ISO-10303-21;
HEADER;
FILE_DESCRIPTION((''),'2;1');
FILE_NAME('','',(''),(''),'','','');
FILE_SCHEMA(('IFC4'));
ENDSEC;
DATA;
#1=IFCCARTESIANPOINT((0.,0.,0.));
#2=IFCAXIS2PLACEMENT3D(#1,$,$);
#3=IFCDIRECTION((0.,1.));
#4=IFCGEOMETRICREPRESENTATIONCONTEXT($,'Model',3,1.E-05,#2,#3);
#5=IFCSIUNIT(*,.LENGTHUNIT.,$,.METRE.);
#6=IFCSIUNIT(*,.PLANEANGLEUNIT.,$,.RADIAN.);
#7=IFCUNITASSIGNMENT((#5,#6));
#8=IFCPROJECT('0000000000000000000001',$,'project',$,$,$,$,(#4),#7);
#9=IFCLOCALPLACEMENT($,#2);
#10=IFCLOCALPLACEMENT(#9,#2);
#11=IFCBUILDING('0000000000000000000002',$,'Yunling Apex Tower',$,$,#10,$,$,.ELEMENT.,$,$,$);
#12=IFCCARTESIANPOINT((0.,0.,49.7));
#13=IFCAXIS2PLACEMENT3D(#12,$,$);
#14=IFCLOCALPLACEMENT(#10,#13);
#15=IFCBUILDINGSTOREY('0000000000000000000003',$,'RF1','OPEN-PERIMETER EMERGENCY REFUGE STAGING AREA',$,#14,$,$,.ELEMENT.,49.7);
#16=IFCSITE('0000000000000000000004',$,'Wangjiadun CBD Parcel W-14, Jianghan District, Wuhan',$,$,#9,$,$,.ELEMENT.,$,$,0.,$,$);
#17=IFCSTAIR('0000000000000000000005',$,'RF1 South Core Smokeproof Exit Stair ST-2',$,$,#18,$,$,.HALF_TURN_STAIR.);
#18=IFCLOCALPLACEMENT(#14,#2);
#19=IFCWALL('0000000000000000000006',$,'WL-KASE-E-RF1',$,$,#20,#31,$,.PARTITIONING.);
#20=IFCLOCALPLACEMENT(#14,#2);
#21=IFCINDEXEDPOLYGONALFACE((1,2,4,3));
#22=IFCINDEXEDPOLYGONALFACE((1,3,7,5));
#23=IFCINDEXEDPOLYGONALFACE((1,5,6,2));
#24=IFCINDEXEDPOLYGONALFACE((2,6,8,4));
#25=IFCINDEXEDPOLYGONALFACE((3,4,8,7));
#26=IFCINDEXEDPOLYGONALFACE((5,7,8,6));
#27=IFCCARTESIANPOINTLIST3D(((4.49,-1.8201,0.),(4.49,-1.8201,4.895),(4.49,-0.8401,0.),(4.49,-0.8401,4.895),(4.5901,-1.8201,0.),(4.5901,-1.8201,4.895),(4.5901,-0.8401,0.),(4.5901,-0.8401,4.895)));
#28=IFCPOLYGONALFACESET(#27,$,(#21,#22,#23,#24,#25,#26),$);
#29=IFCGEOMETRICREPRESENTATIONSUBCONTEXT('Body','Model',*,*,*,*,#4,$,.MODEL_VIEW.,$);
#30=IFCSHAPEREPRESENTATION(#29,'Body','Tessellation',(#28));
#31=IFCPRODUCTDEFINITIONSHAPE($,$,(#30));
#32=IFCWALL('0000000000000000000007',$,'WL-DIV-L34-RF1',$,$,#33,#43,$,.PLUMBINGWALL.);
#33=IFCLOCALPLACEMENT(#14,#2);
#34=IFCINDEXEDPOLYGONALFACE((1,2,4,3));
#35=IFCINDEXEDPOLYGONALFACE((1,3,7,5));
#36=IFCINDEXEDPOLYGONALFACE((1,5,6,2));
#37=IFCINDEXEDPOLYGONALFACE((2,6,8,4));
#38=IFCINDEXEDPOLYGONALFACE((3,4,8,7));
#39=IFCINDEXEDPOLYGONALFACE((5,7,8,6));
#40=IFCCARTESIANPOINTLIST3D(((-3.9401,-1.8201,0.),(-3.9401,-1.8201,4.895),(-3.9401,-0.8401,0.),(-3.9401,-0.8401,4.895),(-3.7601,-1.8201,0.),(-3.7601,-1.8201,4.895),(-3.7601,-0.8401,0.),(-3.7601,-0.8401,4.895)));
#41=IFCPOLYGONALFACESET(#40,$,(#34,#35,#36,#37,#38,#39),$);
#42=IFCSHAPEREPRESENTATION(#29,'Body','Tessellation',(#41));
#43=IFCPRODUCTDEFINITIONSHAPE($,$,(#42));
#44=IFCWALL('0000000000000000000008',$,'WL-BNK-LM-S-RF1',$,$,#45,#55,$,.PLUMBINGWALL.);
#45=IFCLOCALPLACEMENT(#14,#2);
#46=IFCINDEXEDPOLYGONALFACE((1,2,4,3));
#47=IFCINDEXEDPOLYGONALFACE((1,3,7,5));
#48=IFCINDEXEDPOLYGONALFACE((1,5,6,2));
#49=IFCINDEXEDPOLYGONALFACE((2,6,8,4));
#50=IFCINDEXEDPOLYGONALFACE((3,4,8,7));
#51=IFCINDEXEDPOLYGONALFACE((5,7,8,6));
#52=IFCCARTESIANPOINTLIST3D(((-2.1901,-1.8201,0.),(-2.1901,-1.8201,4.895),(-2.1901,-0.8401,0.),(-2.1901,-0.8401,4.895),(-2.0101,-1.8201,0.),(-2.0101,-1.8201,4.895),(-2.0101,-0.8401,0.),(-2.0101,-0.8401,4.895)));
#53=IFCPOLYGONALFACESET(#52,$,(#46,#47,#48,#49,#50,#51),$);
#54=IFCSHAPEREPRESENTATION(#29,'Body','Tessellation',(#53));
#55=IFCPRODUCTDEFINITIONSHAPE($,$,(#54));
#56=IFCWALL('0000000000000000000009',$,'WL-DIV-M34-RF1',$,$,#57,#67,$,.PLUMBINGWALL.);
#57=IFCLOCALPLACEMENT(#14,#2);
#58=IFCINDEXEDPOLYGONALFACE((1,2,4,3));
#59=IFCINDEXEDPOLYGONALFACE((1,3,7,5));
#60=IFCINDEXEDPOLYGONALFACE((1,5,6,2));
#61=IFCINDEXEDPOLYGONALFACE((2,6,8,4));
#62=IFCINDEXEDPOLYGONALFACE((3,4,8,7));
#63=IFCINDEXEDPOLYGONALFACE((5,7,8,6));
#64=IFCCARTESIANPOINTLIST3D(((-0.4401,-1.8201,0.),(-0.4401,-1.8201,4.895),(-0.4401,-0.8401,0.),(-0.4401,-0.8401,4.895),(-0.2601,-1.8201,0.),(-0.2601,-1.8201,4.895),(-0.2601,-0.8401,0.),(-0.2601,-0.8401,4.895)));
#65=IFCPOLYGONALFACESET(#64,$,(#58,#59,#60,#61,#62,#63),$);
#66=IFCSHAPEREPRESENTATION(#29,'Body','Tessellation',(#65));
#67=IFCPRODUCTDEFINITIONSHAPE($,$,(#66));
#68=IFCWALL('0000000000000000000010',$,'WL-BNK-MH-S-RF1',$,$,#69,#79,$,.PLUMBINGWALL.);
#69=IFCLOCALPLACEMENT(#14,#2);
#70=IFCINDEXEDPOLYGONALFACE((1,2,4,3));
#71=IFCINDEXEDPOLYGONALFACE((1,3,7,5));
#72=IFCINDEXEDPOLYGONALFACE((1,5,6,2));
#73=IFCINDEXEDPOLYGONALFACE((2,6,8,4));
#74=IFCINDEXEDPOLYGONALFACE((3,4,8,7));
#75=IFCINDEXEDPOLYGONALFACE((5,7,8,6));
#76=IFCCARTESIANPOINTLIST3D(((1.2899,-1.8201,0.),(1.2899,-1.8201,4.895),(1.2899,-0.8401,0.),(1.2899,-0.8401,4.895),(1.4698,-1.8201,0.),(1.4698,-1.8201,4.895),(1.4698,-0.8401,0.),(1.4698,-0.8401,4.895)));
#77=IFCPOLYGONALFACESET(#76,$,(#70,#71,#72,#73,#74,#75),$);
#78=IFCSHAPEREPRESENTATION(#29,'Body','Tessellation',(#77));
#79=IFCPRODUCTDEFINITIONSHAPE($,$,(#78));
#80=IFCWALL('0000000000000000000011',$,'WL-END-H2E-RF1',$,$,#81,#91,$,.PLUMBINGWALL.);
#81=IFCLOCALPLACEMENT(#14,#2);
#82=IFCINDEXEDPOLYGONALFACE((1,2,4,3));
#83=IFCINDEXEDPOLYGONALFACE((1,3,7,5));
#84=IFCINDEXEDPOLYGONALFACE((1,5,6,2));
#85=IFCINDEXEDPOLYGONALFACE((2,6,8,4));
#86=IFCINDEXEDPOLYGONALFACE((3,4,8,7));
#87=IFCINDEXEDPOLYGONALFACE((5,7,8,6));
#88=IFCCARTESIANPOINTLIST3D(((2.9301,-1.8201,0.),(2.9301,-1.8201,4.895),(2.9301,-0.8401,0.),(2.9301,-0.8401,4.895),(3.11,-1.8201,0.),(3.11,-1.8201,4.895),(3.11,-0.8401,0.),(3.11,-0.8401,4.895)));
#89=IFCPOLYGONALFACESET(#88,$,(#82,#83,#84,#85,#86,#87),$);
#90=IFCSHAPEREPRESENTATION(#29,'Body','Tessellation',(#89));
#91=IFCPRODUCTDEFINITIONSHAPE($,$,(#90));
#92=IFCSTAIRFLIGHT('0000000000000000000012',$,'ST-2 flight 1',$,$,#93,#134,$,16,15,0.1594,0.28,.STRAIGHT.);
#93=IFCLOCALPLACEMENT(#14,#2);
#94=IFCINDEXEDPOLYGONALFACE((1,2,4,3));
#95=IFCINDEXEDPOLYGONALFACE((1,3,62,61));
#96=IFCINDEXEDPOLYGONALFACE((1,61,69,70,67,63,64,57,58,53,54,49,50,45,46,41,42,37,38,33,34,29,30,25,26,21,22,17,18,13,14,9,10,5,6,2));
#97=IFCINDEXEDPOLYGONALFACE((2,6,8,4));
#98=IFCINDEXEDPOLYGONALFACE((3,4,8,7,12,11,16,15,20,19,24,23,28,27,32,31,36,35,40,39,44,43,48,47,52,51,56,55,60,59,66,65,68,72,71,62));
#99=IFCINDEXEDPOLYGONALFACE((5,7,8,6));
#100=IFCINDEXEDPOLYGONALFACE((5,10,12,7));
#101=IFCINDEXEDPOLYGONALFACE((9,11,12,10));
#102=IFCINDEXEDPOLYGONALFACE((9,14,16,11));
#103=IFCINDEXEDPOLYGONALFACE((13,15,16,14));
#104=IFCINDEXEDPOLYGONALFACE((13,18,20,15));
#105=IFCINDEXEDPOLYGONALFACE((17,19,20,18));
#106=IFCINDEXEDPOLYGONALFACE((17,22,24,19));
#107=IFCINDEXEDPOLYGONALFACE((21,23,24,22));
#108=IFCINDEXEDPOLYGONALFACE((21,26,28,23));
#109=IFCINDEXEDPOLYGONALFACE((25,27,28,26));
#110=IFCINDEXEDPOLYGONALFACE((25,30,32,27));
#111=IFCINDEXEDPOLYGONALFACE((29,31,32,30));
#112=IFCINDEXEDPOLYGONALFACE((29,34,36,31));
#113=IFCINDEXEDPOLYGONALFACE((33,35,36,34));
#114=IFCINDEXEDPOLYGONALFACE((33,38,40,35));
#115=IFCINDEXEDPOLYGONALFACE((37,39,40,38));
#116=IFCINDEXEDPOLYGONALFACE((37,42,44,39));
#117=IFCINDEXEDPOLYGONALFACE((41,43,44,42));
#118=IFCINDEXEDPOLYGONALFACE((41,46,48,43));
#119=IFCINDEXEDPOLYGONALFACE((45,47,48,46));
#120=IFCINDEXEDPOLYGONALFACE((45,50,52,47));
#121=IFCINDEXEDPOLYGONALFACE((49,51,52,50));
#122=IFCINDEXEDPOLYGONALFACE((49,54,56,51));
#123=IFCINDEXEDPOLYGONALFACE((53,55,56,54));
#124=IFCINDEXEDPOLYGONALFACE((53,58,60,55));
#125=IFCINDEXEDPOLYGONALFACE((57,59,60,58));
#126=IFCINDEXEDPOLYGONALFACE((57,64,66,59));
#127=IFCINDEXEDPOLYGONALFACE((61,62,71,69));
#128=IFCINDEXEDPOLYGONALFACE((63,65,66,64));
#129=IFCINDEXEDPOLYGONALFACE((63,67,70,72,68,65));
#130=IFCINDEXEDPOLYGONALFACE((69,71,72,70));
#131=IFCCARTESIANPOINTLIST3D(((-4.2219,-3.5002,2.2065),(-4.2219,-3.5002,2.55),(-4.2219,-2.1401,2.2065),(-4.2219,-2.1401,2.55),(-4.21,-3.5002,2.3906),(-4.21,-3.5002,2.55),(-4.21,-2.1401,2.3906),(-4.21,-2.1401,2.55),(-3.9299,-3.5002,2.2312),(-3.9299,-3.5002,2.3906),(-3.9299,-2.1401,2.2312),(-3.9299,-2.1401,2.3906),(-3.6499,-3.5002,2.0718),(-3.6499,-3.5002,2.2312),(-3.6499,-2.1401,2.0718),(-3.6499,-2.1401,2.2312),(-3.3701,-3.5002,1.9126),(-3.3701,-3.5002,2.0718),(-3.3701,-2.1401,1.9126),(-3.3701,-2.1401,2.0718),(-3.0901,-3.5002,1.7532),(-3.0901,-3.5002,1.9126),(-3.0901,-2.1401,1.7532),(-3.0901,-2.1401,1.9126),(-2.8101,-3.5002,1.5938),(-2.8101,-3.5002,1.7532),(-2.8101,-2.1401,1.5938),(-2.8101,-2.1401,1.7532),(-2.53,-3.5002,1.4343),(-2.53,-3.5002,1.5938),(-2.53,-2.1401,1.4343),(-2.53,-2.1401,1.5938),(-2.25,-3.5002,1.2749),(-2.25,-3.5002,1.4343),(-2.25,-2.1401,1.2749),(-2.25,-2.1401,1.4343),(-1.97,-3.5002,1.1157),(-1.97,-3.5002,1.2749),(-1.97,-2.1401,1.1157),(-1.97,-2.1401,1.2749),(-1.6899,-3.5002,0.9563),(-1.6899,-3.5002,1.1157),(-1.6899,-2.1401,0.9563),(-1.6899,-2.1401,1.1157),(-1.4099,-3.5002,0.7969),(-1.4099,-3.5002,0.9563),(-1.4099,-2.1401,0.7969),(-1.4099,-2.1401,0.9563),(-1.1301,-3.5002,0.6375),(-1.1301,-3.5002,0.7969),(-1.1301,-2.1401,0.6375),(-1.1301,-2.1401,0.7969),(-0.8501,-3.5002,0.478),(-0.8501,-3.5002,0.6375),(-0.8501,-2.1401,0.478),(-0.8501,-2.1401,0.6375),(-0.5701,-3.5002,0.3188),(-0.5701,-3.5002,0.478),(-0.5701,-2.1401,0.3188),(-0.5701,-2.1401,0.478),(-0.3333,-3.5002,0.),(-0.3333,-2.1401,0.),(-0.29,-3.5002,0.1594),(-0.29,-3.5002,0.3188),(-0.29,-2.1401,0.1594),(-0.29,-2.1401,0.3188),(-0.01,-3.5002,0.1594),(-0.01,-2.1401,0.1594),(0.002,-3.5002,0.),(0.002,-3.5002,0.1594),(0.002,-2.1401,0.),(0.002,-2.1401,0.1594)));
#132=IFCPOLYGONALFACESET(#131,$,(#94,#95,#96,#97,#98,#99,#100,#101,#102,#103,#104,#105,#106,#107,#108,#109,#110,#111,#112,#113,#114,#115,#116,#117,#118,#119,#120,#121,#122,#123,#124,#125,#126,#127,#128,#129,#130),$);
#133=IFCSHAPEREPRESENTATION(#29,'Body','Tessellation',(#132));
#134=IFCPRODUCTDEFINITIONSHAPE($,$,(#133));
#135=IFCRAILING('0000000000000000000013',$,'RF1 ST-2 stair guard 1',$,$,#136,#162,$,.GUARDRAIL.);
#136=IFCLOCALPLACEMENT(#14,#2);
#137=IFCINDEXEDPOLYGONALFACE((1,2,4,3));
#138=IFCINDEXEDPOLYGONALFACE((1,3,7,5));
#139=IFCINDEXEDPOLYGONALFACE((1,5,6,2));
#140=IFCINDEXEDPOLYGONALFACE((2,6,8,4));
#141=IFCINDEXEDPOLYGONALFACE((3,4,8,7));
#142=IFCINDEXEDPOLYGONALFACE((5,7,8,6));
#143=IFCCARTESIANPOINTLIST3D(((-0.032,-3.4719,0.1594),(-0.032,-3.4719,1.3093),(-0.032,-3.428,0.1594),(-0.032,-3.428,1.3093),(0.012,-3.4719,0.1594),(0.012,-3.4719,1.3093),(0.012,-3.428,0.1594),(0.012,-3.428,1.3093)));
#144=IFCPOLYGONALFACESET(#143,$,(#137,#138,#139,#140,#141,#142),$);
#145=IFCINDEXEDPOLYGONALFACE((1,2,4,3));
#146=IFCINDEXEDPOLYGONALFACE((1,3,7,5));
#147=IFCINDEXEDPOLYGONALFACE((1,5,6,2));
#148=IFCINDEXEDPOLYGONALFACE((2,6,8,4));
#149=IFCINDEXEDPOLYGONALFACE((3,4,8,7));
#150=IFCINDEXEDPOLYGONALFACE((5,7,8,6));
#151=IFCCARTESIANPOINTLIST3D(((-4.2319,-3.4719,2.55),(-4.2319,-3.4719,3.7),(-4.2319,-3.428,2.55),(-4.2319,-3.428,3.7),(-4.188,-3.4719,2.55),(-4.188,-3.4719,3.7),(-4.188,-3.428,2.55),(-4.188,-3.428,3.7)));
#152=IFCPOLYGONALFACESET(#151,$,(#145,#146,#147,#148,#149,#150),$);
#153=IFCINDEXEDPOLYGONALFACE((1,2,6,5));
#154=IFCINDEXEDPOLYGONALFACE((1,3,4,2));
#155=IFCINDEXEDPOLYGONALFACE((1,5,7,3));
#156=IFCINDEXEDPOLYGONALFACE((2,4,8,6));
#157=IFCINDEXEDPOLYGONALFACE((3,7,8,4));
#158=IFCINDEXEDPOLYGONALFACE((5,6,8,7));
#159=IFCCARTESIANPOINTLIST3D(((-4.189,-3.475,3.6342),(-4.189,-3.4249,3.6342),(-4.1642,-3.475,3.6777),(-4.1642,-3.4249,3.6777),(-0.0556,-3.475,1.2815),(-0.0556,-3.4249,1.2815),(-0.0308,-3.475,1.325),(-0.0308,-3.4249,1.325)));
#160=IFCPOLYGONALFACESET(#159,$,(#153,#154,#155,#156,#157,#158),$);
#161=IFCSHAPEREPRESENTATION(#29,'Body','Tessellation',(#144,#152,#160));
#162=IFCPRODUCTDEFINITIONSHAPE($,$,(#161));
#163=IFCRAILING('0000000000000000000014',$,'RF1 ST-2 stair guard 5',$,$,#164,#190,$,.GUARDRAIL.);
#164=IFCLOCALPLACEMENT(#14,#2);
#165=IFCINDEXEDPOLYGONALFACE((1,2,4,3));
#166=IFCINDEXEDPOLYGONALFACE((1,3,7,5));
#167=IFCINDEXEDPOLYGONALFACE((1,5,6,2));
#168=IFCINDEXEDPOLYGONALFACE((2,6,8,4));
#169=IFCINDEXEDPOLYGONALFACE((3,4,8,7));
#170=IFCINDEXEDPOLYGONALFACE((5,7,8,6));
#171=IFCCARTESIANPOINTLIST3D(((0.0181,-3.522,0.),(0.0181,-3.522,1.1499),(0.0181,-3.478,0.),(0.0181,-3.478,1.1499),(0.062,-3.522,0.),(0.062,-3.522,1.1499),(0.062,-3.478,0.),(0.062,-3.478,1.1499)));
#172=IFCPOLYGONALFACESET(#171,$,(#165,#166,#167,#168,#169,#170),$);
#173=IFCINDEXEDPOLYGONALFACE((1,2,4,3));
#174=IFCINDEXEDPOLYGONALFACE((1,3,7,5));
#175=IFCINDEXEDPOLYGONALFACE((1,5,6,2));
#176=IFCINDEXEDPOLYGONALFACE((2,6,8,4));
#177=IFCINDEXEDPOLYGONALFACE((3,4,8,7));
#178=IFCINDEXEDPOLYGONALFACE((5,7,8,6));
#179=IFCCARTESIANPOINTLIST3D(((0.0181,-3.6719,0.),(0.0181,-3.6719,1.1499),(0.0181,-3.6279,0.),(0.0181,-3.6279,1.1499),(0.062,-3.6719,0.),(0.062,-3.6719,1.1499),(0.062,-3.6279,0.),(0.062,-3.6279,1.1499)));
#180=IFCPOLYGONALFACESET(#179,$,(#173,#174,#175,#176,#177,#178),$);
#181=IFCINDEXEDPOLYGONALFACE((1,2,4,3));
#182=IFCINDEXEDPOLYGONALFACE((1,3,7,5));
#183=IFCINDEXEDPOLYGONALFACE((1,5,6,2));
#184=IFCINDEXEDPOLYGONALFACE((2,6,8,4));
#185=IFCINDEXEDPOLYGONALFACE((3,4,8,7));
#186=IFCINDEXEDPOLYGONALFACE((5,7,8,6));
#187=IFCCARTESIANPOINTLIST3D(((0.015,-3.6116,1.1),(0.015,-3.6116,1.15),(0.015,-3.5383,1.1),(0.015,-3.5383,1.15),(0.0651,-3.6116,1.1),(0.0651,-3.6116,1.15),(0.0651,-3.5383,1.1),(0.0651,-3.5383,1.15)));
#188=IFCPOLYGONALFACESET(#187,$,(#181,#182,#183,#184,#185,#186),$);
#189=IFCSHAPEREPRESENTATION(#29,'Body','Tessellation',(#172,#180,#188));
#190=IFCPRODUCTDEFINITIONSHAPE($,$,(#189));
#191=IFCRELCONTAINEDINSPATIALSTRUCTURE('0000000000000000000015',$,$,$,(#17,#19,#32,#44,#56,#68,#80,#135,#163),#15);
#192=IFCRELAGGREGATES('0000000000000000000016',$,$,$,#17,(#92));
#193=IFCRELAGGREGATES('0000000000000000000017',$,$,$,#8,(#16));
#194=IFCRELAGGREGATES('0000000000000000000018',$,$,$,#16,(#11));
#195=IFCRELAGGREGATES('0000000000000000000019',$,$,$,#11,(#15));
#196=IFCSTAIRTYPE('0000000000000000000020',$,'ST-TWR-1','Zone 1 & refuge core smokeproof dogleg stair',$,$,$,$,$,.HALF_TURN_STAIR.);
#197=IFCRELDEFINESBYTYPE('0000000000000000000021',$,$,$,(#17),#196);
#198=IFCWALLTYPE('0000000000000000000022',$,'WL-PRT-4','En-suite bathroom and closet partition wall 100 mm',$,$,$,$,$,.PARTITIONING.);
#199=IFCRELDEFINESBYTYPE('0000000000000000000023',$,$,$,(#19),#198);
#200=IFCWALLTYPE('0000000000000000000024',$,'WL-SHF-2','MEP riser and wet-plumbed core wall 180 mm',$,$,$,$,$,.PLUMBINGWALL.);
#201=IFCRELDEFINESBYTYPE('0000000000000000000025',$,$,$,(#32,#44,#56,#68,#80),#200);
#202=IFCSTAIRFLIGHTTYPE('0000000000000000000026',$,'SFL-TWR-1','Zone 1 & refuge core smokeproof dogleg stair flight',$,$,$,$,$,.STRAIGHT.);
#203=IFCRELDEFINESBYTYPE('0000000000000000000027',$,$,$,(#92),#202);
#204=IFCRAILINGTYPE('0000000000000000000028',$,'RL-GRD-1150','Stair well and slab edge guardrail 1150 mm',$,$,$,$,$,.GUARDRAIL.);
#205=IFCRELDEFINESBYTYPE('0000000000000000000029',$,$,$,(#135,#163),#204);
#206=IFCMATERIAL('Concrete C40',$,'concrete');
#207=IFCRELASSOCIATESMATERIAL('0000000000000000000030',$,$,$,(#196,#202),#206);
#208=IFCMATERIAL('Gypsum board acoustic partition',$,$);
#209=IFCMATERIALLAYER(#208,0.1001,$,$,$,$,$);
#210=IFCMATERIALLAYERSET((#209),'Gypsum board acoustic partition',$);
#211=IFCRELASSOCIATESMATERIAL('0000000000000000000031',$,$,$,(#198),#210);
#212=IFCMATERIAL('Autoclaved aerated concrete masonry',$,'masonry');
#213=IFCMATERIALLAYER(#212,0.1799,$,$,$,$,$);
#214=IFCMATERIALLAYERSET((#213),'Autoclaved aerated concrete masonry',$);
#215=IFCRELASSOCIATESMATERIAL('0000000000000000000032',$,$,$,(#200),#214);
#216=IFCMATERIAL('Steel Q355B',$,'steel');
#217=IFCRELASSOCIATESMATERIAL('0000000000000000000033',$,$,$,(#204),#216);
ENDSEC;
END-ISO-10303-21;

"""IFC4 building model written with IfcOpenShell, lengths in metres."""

from ifc_helpers import new_model, si_unit, direction, frame, frame_2d, origin, origin_2d, place, context, subcontext, project, spatial, polyline, rectangle, outline, extrude, material, layer, layer_set, type_object, element, aggregate, save


model = new_model("IFC4")

# Units and contexts
model_context = context("Model", 3, precision=1e-05, world=origin(), true_north=direction((0.0, 1.0)))
body_context = subcontext(model_context, "Body", "Model", "MODEL_VIEW")
ifc_project = project(units=[si_unit("LENGTHUNIT", "METRE"), si_unit("PLANEANGLEUNIT", "RADIAN")], contexts=[model_context])

# Site, building, storey
site_placement = place(None, origin())
site = spatial("IfcSite", under=ifc_project, at=site_placement, Name="Wangjiadun CBD Parcel W-14, Jianghan District, Wuhan", CompositionType="ELEMENT", RefElevation=0.0)
building_placement = place(site_placement, origin())
building = spatial("IfcBuilding", under=site, at=building_placement, Name="Yunling Apex Tower", CompositionType="ELEMENT")
storey_placement = place(building_placement, frame((0.0, 0.0, 49.7)))
storey = spatial("IfcBuildingStorey", under=building, at=storey_placement, Name="RF1", Description="OPEN-PERIMETER EMERGENCY REFUGE STAGING AREA", CompositionType="ELEMENT", Elevation=49.7)

# Stair
ifc_material_1 = material(Name="Concrete C40", Category="concrete")
stair_type = type_object("IfcStairType", Name="ST-TWR-1", Description="Zone 1 & refuge core smokeproof dogleg stair", PredefinedType="HALF_TURN_STAIR", material=ifc_material_1)
stair_1_placement = place(storey_placement, origin())
stair_1 = element("IfcStair", 1, at=stair_1_placement, inside=storey, type_object=stair_type, Name="RF1 South Core Smokeproof Exit Stair ST-2", PredefinedType="HALF_TURN_STAIR")

# Wall
ifc_material_2 = material(Name="Gypsum board acoustic partition")
ifc_layer_1 = layer(ifc_material_2, 0.1001)
ifc_layer_set_1 = layer_set([ifc_layer_1], Name="Gypsum board acoustic partition")
wall_type_1 = type_object("IfcWallType", Name="WL-PRT-4", Description="En-suite bathroom and closet partition wall 100 mm", PredefinedType="PARTITIONING", material=ifc_layer_set_1)
wall_1_placement = place(storey_placement, frame((4.54, -1.8201, 0.0), z_axis=(0.0, 0.0, 1.0), x_axis=(0.0, 1.0, 0.0)))
element("IfcWall", 2, at=wall_1_placement, inside=storey, type_object=wall_type_1, Name="WL-KASE-E-RF1", PredefinedType="PARTITIONING", context=body_context, shape_type="SweptSolid", body=[
    extrude(rectangle(XDim=0.98, YDim=0.1001, at=frame_2d((0.49, 0.0))), origin(), (0.0, 0.0, 1.0), 4.895),
])

# Shared definitions
ifc_material_3 = material(Name="Autoclaved aerated concrete masonry", Category="masonry")
ifc_material_4 = material(Name="Steel Q355B", Category="steel")

# Walls
ifc_layer_2 = layer(ifc_material_3, 0.1799)
ifc_layer_set_2 = layer_set([ifc_layer_2], Name="Autoclaved aerated concrete masonry")
wall_type_2 = type_object("IfcWallType", Name="WL-SHF-2", Description="MEP riser and wet-plumbed core wall 180 mm", PredefinedType="PLUMBINGWALL", material=ifc_layer_set_2)
for number, where, z_axis, x_axis, name in (
    (3, (-3.8501, -1.8201, 0.0), (0.0, 0.0, 1.0), (0.0, 1.0, 0.0), "WL-DIV-L34-RF1"),
    (4, (-2.1001, -1.8201, 0.0), (0.0, 0.0, 1.0), (0.0, 1.0, 0.0), "WL-BNK-LM-S-RF1"),
    (5, (-0.3501, -1.8201, 0.0), (0.0, 0.0, 1.0), (0.0, 1.0, 0.0), "WL-DIV-M34-RF1"),
    (6, (1.3799, -1.8201, 0.0), (0.0, 0.0, 1.0), (0.0, 1.0, 0.0), "WL-BNK-MH-S-RF1"),
    (7, (3.02, -1.8201, 0.0), (0.0, 0.0, 1.0), (0.0, 1.0, 0.0), "WL-END-H2E-RF1"),
):
    element("IfcWall", number, at=place(storey_placement, frame(where, z_axis=z_axis, x_axis=x_axis)), inside=storey, type_object=wall_type_2, Name=name, PredefinedType="PLUMBINGWALL", context=body_context, shape_type="SweptSolid", body=[
        extrude(rectangle(XDim=0.98, YDim=0.1799, at=frame_2d((0.49, 0.0))), origin(), (0.0, 0.0, 1.0), 4.895),
    ])

# Stair flight
stair_flight_type = type_object("IfcStairFlightType", Name="SFL-TWR-1", Description="Zone 1 & refuge core smokeproof dogleg stair flight", PredefinedType="STRAIGHT", material=ifc_material_1)
stair_flight_placement = place(storey_placement, frame((-0.01, -2.8201, 0.0), z_axis=(0.0, 0.0, 1.0), x_axis=(-1.0, 0.0, 0.0)))
stair_flight = element("IfcStairFlight", 8, at=stair_flight_placement, type_object=stair_flight_type, Name="ST-2 flight 1", NumberOfRisers=16, NumberOfTreads=15, PredefinedType="STRAIGHT", RiserHeight=0.1594, TreadLength=0.28, context=body_context, shape_type="SweptSolid", body=[
    extrude(outline(polyline([(-0.012, 0.0), (-0.012, 0.1594), (0.0, 0.1594), (0.28, 0.1594), (0.28, 0.3188), (0.5601, 0.3188), (0.5601, 0.478), (0.8401, 0.478), (0.8401, 0.6375), (1.1201, 0.6375), (1.1201, 0.7969), (1.3999, 0.7969), (1.3999, 0.9563), (1.6799, 0.9563), (1.6799, 1.1157), (1.96, 1.1157), (1.96, 1.2749), (2.24, 1.2749), (2.24, 1.4343), (2.52, 1.4343), (2.52, 1.5938), (2.8, 1.5938), (2.8, 1.7532), (3.0801, 1.7532), (3.0801, 1.9126), (3.3601, 1.9126), (3.3601, 2.0718), (3.6399, 2.0718), (3.6399, 2.2312), (3.9199, 2.2312), (3.9199, 2.3906), (4.2, 2.3906), (4.2, 2.55), (4.2119, 2.55), (4.2119, 2.2065), (0.3232, 0.0), (-0.012, 0.0)])), frame((0.0, 0.6802, 0.0), z_axis=(0.0, -1.0, 0.0), x_axis=(1.0, 0.0, 0.0)), (0.0, 0.0, 1.0), 1.3601),
])
aggregate(stair_1, [stair_flight])

# Railings
railing_type_1 = type_object("IfcRailingType", Name="RL-GRD-1150", Description="Stair well and slab edge guardrail 1150 mm", PredefinedType="GUARDRAIL", material=ifc_material_4)
railing_1_placement = place(storey_placement, frame((-0.01, -3.45, 0.1594)))
element("IfcRailing", 9, at=railing_1_placement, inside=storey, type_object=railing_type_1, Name="RF1 ST-2 stair guard 1", PredefinedType="GUARDRAIL", context=body_context, shape_type="SweptSolid", body=[
    extrude(rectangle(XDim=0.0439, YDim=0.0439, at=origin_2d()), origin(), (0.0, 0.0, 1.0), 1.1499),
    extrude(rectangle(XDim=0.0439, YDim=0.0439, at=origin_2d()), frame((-4.2, 0.0, 2.3906)), (0.0, 0.0, 1.0), 1.1499),
    extrude(rectangle(XDim=0.05, YDim=0.05, at=origin_2d()), frame((-0.0332, 0.0, 1.1438), z_axis=(-0.869075, 0.0, 0.49468), x_axis=(0.0, -1.0, 0.0)), (0.0, 0.0, 1.0), 4.7561),
])
railing_2_placement = place(storey_placement, frame((0.04, -3.5, 0.0)))
element("IfcRailing", 10, at=railing_2_placement, inside=storey, type_object=railing_type_1, Name="RF1 ST-2 stair guard 5", PredefinedType="GUARDRAIL", context=body_context, shape_type="SweptSolid", body=[
    extrude(rectangle(XDim=0.0439, YDim=0.0439, at=origin_2d()), origin(), (0.0, 0.0, 1.0), 1.1499),
    extrude(rectangle(XDim=0.0439, YDim=0.0439, at=origin_2d()), frame((0.0, -0.1499, 0.0)), (0.0, 0.0, 1.0), 1.1499),
    extrude(rectangle(XDim=0.05, YDim=0.05, at=origin_2d()), frame((0.0, -0.0383, 1.125), z_axis=(0.0, -1.0, 0.0), x_axis=(1.0, 0.0, 0.0)), (0.0, 0.0, 1.0), 0.0732),
])

save(model, "model.ifc")
